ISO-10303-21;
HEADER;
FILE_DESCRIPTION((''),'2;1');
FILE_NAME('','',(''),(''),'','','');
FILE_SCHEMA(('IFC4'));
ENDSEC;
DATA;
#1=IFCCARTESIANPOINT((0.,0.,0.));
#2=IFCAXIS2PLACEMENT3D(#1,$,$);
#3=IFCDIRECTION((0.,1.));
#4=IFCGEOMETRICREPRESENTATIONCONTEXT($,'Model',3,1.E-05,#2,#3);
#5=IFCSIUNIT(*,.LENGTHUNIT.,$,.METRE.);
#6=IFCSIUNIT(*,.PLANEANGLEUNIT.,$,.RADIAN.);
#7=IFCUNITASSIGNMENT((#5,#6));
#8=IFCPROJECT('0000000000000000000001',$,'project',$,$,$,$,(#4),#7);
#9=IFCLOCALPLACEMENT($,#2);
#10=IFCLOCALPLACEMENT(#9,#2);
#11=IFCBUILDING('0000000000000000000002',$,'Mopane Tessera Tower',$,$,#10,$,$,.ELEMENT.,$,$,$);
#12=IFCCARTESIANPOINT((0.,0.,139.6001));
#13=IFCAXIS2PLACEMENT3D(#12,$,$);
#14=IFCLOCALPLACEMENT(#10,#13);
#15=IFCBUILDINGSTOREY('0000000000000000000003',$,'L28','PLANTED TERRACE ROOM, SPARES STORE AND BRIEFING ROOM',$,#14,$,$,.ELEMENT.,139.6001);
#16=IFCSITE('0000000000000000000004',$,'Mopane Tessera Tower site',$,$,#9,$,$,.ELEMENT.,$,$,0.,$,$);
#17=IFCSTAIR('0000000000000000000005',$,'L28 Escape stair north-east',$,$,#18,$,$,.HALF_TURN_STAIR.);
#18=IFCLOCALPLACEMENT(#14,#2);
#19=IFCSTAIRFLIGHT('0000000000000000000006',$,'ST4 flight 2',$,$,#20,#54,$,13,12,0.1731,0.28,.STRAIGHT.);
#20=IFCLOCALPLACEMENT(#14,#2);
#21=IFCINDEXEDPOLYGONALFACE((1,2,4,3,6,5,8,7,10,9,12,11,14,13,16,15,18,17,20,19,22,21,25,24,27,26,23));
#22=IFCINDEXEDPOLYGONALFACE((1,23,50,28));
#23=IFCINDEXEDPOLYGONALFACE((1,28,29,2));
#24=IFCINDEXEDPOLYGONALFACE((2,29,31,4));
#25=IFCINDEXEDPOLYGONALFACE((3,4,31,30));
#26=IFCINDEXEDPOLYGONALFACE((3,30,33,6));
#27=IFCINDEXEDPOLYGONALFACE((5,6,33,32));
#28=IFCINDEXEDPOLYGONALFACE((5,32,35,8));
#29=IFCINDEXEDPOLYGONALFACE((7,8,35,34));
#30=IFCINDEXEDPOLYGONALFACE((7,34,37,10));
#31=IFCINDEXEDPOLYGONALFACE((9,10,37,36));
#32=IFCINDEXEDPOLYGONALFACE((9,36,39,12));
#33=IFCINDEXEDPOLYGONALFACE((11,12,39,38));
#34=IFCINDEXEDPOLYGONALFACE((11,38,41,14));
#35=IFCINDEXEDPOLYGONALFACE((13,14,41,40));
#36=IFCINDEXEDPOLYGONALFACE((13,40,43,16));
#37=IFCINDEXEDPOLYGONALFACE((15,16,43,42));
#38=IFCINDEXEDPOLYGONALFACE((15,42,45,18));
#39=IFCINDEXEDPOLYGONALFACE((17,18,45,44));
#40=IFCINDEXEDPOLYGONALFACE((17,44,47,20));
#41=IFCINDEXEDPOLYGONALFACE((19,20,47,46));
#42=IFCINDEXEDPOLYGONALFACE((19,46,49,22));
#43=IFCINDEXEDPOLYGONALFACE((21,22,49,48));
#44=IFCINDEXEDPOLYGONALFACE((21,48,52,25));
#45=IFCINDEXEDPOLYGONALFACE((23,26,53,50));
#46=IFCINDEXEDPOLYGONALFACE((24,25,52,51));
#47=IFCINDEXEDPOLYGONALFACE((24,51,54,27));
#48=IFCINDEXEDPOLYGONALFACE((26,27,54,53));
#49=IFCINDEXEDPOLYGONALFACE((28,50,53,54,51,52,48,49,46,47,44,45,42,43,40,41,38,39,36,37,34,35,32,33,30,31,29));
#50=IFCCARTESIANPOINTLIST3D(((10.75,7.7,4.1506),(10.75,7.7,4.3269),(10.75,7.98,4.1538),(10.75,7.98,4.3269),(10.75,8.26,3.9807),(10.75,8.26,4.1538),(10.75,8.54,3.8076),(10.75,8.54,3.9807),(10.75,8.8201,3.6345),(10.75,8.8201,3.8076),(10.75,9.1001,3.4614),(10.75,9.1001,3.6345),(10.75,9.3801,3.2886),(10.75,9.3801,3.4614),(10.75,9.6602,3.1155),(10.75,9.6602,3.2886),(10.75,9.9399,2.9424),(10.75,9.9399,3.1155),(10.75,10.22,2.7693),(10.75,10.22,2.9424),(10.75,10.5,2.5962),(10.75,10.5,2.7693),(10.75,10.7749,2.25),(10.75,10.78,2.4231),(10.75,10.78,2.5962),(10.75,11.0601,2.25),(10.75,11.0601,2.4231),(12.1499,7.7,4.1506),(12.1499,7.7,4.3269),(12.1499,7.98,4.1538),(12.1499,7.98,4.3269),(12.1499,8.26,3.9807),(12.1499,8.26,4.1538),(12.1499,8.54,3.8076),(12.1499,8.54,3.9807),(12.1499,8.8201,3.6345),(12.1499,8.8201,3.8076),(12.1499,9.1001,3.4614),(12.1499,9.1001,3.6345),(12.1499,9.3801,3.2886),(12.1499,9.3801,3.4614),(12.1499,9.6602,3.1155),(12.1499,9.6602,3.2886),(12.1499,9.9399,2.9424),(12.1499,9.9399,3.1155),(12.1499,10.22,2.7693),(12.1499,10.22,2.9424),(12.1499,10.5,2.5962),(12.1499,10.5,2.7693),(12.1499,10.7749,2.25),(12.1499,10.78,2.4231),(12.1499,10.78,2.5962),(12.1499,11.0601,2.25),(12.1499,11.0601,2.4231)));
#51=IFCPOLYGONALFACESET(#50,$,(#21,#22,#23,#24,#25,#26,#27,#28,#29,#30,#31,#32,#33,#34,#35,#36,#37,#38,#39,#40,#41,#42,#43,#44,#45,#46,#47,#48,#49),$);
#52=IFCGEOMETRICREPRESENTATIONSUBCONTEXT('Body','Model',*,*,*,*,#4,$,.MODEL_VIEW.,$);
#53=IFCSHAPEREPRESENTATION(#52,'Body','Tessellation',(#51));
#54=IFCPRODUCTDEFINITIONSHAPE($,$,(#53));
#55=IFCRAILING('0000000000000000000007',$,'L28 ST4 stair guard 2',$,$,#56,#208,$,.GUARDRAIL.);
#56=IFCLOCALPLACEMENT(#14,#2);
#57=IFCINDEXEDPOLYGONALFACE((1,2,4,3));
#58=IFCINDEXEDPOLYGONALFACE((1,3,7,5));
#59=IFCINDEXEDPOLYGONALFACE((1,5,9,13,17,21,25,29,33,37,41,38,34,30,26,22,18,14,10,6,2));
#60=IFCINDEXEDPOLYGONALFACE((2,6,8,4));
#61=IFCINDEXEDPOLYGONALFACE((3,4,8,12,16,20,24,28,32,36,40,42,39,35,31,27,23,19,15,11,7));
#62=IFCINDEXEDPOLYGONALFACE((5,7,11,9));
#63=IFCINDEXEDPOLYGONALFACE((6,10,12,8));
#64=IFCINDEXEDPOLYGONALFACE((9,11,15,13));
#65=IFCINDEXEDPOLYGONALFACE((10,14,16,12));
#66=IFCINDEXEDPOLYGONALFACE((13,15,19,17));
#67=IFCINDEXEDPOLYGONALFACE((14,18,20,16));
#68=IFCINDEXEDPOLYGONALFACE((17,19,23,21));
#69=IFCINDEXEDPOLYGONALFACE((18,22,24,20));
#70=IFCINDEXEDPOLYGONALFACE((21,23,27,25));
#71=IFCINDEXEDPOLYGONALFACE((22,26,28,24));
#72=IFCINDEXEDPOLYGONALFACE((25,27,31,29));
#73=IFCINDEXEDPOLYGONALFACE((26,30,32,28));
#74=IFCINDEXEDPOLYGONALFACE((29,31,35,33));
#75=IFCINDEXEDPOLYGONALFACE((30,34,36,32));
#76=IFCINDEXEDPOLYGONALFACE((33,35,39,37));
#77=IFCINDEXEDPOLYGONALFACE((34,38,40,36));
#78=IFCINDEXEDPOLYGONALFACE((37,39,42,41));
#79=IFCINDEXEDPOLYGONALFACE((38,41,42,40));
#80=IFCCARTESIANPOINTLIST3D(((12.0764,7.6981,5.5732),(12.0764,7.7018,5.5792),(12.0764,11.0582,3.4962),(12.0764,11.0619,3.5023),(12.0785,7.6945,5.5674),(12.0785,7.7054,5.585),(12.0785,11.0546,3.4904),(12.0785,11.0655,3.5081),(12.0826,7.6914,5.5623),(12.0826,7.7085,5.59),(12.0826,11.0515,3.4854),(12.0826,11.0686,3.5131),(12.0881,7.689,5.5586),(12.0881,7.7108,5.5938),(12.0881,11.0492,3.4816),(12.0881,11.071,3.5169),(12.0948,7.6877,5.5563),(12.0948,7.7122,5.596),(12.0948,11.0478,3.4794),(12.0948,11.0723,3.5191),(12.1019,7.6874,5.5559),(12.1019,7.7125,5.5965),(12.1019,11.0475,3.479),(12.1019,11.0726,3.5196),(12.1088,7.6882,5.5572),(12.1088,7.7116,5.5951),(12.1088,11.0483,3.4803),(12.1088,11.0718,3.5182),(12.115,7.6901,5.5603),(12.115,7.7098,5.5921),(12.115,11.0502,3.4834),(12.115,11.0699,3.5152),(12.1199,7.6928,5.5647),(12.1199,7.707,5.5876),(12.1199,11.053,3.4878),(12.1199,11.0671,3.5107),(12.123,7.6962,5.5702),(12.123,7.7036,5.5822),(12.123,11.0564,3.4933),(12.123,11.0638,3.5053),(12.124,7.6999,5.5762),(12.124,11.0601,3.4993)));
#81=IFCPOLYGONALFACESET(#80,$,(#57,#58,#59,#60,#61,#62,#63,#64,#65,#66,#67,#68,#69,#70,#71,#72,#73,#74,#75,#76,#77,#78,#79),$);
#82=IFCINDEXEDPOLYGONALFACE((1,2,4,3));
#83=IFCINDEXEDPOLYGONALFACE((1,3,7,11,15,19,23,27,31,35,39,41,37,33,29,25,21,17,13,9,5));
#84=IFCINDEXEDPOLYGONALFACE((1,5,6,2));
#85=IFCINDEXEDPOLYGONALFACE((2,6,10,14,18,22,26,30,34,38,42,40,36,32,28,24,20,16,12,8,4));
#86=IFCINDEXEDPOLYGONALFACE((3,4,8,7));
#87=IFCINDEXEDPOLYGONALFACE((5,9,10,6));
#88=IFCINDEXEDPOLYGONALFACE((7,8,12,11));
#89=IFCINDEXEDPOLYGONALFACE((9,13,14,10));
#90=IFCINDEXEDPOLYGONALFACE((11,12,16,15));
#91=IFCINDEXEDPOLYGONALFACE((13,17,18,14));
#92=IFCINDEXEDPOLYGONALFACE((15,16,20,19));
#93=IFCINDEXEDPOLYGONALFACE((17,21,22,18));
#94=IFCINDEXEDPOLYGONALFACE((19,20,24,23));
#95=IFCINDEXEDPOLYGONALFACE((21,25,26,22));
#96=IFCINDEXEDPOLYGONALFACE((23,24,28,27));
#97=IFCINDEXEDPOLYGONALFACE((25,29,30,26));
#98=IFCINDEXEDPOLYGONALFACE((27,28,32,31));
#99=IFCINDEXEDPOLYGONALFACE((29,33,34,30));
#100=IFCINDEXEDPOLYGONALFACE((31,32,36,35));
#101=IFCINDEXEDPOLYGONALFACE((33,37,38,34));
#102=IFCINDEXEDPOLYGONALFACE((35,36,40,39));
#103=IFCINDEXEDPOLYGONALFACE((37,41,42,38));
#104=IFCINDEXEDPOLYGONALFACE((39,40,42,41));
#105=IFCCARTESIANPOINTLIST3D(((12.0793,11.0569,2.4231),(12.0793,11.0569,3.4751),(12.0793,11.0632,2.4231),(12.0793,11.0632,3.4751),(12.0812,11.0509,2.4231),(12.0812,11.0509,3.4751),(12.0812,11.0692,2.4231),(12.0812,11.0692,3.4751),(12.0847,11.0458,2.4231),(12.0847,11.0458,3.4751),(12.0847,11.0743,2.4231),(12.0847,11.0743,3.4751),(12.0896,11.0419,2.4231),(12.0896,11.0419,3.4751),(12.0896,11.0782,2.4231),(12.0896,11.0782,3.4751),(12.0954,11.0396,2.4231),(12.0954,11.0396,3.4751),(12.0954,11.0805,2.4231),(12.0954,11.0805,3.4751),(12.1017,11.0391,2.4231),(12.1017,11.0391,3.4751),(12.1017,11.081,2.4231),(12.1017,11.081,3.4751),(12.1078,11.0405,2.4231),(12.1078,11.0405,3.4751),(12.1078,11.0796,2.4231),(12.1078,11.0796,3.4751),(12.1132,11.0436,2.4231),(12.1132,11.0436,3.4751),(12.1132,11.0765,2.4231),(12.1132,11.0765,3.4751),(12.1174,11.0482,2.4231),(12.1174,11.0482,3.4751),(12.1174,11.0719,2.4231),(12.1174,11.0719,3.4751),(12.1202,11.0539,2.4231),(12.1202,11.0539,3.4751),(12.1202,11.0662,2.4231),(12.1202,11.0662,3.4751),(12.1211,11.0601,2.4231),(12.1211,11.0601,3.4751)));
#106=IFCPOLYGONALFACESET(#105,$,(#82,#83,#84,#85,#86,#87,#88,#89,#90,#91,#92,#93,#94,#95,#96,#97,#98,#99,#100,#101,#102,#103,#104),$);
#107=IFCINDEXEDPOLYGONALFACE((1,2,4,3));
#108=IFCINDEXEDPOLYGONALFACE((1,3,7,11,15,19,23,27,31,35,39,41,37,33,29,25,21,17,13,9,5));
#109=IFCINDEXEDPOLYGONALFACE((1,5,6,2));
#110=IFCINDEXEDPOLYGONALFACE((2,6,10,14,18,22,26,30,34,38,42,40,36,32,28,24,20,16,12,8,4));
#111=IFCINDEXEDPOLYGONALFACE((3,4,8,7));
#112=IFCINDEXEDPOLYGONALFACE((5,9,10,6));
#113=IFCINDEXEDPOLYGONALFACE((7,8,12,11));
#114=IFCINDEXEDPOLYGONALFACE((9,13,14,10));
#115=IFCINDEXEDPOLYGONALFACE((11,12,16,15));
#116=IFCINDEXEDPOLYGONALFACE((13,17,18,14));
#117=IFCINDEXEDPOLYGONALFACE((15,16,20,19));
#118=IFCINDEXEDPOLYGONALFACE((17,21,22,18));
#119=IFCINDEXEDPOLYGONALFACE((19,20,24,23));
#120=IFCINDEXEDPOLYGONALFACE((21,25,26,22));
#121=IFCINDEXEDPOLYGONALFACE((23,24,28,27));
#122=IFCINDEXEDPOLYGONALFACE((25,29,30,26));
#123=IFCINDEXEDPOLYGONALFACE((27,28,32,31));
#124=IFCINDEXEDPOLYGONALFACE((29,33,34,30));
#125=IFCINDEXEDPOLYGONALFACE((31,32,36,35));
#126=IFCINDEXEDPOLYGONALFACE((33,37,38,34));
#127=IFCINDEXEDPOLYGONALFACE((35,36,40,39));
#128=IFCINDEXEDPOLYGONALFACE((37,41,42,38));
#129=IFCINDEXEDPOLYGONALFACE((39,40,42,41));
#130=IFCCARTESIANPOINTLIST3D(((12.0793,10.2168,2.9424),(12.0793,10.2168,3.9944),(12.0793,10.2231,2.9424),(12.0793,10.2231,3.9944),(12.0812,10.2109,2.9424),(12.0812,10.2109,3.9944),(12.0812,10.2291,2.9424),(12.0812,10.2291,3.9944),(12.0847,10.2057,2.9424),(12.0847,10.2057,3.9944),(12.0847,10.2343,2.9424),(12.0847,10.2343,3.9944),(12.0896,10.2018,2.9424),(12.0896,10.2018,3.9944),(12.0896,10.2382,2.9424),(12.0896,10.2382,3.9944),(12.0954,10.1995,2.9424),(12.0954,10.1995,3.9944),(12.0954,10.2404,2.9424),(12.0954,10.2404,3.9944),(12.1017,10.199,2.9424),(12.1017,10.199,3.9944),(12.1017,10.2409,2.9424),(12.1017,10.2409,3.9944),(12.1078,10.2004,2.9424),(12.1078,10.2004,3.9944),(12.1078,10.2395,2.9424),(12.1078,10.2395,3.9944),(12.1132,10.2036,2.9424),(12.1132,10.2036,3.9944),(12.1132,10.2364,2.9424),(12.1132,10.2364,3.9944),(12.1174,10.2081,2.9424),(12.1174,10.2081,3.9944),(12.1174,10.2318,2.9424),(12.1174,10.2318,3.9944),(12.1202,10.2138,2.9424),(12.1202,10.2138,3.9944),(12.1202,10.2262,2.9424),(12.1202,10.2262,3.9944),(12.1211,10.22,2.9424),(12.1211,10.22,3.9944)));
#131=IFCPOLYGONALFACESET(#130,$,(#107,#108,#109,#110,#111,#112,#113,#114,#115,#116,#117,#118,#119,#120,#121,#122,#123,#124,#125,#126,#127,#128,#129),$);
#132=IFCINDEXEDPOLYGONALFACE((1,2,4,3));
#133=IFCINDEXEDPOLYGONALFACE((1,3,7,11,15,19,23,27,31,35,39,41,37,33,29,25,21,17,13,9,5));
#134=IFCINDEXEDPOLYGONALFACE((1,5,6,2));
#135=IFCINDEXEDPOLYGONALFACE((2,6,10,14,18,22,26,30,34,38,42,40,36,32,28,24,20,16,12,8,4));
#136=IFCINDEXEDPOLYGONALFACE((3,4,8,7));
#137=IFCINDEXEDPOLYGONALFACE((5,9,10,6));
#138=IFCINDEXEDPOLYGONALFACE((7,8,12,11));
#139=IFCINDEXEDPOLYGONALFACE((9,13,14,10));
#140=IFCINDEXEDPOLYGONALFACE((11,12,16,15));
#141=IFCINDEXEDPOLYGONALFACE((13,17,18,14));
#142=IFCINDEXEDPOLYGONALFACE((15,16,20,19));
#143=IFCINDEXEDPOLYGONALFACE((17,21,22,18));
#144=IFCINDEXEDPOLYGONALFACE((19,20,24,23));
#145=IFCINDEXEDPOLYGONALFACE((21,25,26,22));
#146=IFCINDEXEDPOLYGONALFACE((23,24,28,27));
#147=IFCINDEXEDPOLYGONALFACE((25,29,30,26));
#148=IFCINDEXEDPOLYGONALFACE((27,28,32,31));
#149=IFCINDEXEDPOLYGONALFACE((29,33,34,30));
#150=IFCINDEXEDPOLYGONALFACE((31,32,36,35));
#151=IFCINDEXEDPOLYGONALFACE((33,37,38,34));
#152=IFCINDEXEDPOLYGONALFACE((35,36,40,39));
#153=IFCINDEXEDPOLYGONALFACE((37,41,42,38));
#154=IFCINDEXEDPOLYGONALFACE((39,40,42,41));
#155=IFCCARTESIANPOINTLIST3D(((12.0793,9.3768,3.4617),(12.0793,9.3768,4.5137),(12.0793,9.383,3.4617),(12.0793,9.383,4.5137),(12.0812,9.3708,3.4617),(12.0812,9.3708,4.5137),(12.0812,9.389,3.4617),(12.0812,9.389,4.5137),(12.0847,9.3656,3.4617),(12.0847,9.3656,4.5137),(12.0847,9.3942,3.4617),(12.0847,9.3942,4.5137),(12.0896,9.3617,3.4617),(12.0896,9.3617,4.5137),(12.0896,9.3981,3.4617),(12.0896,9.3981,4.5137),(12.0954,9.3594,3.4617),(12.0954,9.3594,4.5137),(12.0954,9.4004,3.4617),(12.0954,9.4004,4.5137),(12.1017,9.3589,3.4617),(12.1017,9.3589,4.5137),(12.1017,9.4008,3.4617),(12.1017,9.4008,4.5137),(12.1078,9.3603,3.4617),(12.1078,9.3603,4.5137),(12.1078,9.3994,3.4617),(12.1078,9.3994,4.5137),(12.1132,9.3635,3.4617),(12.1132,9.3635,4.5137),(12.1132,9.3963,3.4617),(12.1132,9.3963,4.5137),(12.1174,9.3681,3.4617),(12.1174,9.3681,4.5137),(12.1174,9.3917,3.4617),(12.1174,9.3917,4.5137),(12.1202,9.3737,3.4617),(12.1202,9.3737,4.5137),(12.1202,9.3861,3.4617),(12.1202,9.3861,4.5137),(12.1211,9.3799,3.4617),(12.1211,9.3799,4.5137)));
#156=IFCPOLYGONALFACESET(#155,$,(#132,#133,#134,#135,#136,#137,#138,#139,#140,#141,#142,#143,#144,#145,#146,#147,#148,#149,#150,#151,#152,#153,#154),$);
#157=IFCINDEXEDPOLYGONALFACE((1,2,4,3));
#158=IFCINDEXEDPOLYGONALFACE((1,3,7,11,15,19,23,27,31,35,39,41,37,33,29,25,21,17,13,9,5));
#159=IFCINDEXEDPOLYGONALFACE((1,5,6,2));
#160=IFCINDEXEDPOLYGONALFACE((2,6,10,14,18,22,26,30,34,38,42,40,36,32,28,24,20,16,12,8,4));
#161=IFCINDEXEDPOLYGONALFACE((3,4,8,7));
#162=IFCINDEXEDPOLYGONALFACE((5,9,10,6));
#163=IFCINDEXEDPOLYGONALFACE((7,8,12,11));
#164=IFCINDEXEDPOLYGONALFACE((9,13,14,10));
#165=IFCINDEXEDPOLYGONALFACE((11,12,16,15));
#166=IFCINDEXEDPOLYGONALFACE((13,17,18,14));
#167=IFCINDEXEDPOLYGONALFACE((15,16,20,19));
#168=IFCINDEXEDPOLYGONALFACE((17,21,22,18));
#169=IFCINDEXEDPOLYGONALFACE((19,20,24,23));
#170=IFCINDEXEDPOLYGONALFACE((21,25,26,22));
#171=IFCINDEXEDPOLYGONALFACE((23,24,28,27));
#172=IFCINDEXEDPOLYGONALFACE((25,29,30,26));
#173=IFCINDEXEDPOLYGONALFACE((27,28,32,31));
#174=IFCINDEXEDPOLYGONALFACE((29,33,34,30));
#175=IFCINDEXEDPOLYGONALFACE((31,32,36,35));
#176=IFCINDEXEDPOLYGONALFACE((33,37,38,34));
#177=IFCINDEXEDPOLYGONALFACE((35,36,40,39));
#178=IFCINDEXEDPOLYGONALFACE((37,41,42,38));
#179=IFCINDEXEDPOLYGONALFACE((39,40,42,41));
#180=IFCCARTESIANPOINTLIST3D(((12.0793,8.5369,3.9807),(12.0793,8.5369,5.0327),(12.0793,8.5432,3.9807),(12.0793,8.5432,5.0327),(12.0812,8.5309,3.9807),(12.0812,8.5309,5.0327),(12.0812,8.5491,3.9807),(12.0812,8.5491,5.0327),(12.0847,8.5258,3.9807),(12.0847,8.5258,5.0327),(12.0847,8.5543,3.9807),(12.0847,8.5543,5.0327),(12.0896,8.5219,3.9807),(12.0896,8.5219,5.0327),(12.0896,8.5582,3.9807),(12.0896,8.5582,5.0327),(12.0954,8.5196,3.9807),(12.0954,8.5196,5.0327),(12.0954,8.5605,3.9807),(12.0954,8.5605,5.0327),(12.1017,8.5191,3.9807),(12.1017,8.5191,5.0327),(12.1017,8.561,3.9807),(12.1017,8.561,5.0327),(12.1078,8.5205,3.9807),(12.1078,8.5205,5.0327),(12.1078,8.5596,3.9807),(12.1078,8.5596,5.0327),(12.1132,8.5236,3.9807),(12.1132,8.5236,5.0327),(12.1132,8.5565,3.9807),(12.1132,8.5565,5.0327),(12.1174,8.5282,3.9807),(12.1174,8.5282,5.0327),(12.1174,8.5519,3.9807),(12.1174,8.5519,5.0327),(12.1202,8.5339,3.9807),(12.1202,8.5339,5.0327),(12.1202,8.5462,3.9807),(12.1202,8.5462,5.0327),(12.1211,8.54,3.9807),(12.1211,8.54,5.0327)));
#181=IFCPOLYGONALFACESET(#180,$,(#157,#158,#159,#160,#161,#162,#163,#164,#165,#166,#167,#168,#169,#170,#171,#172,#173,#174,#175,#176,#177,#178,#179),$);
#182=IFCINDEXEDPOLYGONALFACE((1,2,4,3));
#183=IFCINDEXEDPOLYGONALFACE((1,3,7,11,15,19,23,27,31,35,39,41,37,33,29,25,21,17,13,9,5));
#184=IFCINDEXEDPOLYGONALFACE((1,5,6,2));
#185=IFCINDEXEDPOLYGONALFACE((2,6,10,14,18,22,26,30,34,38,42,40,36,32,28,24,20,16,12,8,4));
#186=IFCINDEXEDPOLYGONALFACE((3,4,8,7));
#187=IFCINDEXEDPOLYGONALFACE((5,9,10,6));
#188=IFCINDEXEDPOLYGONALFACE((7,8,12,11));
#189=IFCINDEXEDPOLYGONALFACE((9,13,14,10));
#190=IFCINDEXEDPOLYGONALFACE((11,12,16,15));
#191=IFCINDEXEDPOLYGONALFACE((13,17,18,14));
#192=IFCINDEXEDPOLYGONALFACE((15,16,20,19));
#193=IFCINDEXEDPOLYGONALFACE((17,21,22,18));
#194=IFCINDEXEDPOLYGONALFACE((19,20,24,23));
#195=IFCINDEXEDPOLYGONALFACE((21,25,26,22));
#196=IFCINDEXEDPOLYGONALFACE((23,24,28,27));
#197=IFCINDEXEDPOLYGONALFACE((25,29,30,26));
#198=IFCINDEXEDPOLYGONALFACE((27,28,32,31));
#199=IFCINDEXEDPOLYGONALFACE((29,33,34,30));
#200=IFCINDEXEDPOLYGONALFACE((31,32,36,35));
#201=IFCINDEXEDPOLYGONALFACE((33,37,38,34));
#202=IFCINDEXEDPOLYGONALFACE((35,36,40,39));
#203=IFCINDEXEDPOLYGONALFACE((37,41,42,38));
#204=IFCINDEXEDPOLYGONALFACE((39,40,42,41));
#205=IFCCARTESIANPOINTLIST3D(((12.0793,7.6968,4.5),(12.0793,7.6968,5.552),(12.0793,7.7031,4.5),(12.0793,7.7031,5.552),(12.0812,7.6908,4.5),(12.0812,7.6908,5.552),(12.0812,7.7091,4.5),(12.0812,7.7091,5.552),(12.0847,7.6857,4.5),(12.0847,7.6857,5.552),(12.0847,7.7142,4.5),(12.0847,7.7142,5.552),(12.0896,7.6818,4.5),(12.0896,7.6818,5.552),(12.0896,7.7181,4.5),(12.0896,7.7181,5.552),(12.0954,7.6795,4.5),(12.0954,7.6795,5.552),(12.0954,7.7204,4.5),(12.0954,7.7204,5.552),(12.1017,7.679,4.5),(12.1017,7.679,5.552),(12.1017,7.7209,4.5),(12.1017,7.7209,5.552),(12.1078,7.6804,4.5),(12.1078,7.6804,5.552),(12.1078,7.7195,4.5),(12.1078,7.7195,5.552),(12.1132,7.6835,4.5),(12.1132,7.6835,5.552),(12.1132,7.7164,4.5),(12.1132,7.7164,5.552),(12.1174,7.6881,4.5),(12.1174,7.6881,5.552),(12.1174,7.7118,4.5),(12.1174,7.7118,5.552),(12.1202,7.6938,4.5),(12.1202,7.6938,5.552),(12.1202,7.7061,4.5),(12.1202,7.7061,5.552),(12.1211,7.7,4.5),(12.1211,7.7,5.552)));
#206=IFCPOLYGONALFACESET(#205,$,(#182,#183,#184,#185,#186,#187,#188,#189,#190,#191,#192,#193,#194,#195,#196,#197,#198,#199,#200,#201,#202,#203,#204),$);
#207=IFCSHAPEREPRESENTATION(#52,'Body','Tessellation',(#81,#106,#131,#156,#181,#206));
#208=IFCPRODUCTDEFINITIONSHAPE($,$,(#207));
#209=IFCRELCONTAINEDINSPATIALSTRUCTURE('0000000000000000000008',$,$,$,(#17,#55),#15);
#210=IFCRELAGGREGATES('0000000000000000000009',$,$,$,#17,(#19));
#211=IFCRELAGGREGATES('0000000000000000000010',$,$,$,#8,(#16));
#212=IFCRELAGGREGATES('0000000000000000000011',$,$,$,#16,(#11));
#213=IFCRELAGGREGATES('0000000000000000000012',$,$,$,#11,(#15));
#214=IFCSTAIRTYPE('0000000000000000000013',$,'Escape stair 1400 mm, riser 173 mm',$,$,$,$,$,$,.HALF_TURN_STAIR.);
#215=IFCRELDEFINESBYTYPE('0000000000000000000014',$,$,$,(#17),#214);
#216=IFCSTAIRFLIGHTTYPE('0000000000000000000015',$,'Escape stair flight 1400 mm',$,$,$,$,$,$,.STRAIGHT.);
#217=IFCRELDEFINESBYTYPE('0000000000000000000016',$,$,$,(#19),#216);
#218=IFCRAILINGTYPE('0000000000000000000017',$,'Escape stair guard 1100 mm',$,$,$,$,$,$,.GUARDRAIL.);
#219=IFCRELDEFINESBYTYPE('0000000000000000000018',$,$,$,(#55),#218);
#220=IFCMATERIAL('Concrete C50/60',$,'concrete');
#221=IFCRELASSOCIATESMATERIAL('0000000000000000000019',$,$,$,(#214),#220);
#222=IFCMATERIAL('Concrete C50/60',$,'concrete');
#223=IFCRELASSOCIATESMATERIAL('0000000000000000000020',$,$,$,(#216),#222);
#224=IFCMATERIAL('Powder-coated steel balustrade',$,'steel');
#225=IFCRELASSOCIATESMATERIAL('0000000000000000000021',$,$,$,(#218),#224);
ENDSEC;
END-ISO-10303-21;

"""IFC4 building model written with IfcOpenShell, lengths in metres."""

from ifc_helpers import new_model, si_unit, direction, frame, origin, origin_2d, place, context, subcontext, project, spatial, polyline, circle, outline, extrude, material, type_object, element, aggregate, save


model = new_model("IFC4")

# Units and contexts
model_context = context("Model", 3, precision=1e-05, world=origin(), true_north=direction((0.0, 1.0)))
body_context = subcontext(model_context, "Body", "Model", "MODEL_VIEW")
ifc_project = project(units=[si_unit("LENGTHUNIT", "METRE"), si_unit("PLANEANGLEUNIT", "RADIAN")], contexts=[model_context])

# Site, building, storey
site_placement = place(None, origin())
site = spatial("IfcSite", under=ifc_project, at=site_placement, Name="Mopane Tessera Tower site", CompositionType="ELEMENT", RefElevation=0.0)
building_placement = place(site_placement, origin())
building = spatial("IfcBuilding", under=site, at=building_placement, Name="Mopane Tessera Tower", CompositionType="ELEMENT")
storey_placement = place(building_placement, frame((0.0, 0.0, 139.6001)))
storey = spatial("IfcBuildingStorey", under=building, at=storey_placement, Name="L28", Description="PLANTED TERRACE ROOM, SPARES STORE AND BRIEFING ROOM", CompositionType="ELEMENT", Elevation=139.6001)

# Stair
ifc_material_1 = material(Name="Concrete C50/60", Category="concrete")
stair_type = type_object("IfcStairType", Name="Escape stair 1400 mm, riser 173 mm", PredefinedType="HALF_TURN_STAIR", material=ifc_material_1)
stair_1_placement = place(storey_placement, origin())
stair_1 = element("IfcStair", 1, at=stair_1_placement, inside=storey, type_object=stair_type, Name="L28 Escape stair north-east", PredefinedType="HALF_TURN_STAIR")

# Stair flight
ifc_material_2 = material(Name="Concrete C50/60", Category="concrete")
stair_flight_type = type_object("IfcStairFlightType", Name="Escape stair flight 1400 mm", PredefinedType="STRAIGHT", material=ifc_material_2)
stair_flight_1_placement = place(storey_placement, frame((11.45, 11.0601, 2.25), z_axis=(0.0, 0.0, 1.0), x_axis=(0.0, -1.0, 0.0)))
stair_flight_1 = element("IfcStairFlight", 2, at=stair_flight_1_placement, type_object=stair_flight_type, Name="ST4 flight 2", NumberOfRisers=13, NumberOfTreads=12, PredefinedType="STRAIGHT", RiserHeight=0.1731, TreadLength=0.28, context=body_context, shape_type="SweptSolid", body=[
    extrude(outline(polyline([(0.0, 0.0), (0.0, 0.1731), (0.28, 0.1731), (0.28, 0.3462), (0.5601, 0.3462), (0.5601, 0.5193), (0.8401, 0.5193), (0.8401, 0.6924), (1.1201, 0.6924), (1.1201, 0.8655), (1.3999, 0.8655), (1.3999, 1.0386), (1.6799, 1.0386), (1.6799, 1.2114), (1.96, 1.2114), (1.96, 1.3845), (2.24, 1.3845), (2.24, 1.5576), (2.52, 1.5576), (2.52, 1.7307), (2.8, 1.7307), (2.8, 1.9038), (3.0801, 1.9038), (3.0801, 2.0769), (3.3601, 2.0769), (3.3601, 2.25), (3.3601, 1.9006), (0.2852, 0.0), (0.0, 0.0)])), frame((0.0, 0.7, 0.0), z_axis=(0.0, -1.0, 0.0), x_axis=(1.0, 0.0, 0.0)), (0.0, 0.0, 1.0), 1.3999),
])
aggregate(stair_1, [stair_flight_1])

# Railing
ifc_material_3 = material(Name="Powder-coated steel balustrade", Category="steel")
railing_type_1 = type_object("IfcRailingType", Name="Escape stair guard 1100 mm", PredefinedType="GUARDRAIL", material=ifc_material_3)
railing_1_placement = place(storey_placement, frame((12.1001, 11.0601, 2.4231)))
element("IfcRailing", 3, at=railing_1_placement, inside=storey, type_object=railing_type_1, Name="L28 ST4 stair guard 2", PredefinedType="GUARDRAIL", context=body_context, shape_type="SweptSolid", body=[
    extrude(circle(Radius=0.0239, at=origin_2d()), frame((0.0, 0.0, 1.0762), z_axis=(0.0, -0.850623, 0.525776), x_axis=(1.0, 0.0, 0.0)), (0.0, 0.0, 1.0), 3.9502),
    extrude(circle(Radius=0.021, at=origin_2d()), origin(), (0.0, 0.0, 1.0), 1.052),
    extrude(circle(Radius=0.021, at=origin_2d()), frame((0.0, -0.8401, 0.5193)), (0.0, 0.0, 1.0), 1.052),
    extrude(circle(Radius=0.021, at=origin_2d()), frame((0.0, -1.6802, 1.0386)), (0.0, 0.0, 1.0), 1.052),
    extrude(circle(Radius=0.021, at=origin_2d()), frame((0.0, -2.52, 1.5576)), (0.0, 0.0, 1.0), 1.052),
    extrude(circle(Radius=0.021, at=origin_2d()), frame((0.0, -3.3601, 2.0769)), (0.0, 0.0, 1.0), 1.052),
])

save(model, "model.ifc")
